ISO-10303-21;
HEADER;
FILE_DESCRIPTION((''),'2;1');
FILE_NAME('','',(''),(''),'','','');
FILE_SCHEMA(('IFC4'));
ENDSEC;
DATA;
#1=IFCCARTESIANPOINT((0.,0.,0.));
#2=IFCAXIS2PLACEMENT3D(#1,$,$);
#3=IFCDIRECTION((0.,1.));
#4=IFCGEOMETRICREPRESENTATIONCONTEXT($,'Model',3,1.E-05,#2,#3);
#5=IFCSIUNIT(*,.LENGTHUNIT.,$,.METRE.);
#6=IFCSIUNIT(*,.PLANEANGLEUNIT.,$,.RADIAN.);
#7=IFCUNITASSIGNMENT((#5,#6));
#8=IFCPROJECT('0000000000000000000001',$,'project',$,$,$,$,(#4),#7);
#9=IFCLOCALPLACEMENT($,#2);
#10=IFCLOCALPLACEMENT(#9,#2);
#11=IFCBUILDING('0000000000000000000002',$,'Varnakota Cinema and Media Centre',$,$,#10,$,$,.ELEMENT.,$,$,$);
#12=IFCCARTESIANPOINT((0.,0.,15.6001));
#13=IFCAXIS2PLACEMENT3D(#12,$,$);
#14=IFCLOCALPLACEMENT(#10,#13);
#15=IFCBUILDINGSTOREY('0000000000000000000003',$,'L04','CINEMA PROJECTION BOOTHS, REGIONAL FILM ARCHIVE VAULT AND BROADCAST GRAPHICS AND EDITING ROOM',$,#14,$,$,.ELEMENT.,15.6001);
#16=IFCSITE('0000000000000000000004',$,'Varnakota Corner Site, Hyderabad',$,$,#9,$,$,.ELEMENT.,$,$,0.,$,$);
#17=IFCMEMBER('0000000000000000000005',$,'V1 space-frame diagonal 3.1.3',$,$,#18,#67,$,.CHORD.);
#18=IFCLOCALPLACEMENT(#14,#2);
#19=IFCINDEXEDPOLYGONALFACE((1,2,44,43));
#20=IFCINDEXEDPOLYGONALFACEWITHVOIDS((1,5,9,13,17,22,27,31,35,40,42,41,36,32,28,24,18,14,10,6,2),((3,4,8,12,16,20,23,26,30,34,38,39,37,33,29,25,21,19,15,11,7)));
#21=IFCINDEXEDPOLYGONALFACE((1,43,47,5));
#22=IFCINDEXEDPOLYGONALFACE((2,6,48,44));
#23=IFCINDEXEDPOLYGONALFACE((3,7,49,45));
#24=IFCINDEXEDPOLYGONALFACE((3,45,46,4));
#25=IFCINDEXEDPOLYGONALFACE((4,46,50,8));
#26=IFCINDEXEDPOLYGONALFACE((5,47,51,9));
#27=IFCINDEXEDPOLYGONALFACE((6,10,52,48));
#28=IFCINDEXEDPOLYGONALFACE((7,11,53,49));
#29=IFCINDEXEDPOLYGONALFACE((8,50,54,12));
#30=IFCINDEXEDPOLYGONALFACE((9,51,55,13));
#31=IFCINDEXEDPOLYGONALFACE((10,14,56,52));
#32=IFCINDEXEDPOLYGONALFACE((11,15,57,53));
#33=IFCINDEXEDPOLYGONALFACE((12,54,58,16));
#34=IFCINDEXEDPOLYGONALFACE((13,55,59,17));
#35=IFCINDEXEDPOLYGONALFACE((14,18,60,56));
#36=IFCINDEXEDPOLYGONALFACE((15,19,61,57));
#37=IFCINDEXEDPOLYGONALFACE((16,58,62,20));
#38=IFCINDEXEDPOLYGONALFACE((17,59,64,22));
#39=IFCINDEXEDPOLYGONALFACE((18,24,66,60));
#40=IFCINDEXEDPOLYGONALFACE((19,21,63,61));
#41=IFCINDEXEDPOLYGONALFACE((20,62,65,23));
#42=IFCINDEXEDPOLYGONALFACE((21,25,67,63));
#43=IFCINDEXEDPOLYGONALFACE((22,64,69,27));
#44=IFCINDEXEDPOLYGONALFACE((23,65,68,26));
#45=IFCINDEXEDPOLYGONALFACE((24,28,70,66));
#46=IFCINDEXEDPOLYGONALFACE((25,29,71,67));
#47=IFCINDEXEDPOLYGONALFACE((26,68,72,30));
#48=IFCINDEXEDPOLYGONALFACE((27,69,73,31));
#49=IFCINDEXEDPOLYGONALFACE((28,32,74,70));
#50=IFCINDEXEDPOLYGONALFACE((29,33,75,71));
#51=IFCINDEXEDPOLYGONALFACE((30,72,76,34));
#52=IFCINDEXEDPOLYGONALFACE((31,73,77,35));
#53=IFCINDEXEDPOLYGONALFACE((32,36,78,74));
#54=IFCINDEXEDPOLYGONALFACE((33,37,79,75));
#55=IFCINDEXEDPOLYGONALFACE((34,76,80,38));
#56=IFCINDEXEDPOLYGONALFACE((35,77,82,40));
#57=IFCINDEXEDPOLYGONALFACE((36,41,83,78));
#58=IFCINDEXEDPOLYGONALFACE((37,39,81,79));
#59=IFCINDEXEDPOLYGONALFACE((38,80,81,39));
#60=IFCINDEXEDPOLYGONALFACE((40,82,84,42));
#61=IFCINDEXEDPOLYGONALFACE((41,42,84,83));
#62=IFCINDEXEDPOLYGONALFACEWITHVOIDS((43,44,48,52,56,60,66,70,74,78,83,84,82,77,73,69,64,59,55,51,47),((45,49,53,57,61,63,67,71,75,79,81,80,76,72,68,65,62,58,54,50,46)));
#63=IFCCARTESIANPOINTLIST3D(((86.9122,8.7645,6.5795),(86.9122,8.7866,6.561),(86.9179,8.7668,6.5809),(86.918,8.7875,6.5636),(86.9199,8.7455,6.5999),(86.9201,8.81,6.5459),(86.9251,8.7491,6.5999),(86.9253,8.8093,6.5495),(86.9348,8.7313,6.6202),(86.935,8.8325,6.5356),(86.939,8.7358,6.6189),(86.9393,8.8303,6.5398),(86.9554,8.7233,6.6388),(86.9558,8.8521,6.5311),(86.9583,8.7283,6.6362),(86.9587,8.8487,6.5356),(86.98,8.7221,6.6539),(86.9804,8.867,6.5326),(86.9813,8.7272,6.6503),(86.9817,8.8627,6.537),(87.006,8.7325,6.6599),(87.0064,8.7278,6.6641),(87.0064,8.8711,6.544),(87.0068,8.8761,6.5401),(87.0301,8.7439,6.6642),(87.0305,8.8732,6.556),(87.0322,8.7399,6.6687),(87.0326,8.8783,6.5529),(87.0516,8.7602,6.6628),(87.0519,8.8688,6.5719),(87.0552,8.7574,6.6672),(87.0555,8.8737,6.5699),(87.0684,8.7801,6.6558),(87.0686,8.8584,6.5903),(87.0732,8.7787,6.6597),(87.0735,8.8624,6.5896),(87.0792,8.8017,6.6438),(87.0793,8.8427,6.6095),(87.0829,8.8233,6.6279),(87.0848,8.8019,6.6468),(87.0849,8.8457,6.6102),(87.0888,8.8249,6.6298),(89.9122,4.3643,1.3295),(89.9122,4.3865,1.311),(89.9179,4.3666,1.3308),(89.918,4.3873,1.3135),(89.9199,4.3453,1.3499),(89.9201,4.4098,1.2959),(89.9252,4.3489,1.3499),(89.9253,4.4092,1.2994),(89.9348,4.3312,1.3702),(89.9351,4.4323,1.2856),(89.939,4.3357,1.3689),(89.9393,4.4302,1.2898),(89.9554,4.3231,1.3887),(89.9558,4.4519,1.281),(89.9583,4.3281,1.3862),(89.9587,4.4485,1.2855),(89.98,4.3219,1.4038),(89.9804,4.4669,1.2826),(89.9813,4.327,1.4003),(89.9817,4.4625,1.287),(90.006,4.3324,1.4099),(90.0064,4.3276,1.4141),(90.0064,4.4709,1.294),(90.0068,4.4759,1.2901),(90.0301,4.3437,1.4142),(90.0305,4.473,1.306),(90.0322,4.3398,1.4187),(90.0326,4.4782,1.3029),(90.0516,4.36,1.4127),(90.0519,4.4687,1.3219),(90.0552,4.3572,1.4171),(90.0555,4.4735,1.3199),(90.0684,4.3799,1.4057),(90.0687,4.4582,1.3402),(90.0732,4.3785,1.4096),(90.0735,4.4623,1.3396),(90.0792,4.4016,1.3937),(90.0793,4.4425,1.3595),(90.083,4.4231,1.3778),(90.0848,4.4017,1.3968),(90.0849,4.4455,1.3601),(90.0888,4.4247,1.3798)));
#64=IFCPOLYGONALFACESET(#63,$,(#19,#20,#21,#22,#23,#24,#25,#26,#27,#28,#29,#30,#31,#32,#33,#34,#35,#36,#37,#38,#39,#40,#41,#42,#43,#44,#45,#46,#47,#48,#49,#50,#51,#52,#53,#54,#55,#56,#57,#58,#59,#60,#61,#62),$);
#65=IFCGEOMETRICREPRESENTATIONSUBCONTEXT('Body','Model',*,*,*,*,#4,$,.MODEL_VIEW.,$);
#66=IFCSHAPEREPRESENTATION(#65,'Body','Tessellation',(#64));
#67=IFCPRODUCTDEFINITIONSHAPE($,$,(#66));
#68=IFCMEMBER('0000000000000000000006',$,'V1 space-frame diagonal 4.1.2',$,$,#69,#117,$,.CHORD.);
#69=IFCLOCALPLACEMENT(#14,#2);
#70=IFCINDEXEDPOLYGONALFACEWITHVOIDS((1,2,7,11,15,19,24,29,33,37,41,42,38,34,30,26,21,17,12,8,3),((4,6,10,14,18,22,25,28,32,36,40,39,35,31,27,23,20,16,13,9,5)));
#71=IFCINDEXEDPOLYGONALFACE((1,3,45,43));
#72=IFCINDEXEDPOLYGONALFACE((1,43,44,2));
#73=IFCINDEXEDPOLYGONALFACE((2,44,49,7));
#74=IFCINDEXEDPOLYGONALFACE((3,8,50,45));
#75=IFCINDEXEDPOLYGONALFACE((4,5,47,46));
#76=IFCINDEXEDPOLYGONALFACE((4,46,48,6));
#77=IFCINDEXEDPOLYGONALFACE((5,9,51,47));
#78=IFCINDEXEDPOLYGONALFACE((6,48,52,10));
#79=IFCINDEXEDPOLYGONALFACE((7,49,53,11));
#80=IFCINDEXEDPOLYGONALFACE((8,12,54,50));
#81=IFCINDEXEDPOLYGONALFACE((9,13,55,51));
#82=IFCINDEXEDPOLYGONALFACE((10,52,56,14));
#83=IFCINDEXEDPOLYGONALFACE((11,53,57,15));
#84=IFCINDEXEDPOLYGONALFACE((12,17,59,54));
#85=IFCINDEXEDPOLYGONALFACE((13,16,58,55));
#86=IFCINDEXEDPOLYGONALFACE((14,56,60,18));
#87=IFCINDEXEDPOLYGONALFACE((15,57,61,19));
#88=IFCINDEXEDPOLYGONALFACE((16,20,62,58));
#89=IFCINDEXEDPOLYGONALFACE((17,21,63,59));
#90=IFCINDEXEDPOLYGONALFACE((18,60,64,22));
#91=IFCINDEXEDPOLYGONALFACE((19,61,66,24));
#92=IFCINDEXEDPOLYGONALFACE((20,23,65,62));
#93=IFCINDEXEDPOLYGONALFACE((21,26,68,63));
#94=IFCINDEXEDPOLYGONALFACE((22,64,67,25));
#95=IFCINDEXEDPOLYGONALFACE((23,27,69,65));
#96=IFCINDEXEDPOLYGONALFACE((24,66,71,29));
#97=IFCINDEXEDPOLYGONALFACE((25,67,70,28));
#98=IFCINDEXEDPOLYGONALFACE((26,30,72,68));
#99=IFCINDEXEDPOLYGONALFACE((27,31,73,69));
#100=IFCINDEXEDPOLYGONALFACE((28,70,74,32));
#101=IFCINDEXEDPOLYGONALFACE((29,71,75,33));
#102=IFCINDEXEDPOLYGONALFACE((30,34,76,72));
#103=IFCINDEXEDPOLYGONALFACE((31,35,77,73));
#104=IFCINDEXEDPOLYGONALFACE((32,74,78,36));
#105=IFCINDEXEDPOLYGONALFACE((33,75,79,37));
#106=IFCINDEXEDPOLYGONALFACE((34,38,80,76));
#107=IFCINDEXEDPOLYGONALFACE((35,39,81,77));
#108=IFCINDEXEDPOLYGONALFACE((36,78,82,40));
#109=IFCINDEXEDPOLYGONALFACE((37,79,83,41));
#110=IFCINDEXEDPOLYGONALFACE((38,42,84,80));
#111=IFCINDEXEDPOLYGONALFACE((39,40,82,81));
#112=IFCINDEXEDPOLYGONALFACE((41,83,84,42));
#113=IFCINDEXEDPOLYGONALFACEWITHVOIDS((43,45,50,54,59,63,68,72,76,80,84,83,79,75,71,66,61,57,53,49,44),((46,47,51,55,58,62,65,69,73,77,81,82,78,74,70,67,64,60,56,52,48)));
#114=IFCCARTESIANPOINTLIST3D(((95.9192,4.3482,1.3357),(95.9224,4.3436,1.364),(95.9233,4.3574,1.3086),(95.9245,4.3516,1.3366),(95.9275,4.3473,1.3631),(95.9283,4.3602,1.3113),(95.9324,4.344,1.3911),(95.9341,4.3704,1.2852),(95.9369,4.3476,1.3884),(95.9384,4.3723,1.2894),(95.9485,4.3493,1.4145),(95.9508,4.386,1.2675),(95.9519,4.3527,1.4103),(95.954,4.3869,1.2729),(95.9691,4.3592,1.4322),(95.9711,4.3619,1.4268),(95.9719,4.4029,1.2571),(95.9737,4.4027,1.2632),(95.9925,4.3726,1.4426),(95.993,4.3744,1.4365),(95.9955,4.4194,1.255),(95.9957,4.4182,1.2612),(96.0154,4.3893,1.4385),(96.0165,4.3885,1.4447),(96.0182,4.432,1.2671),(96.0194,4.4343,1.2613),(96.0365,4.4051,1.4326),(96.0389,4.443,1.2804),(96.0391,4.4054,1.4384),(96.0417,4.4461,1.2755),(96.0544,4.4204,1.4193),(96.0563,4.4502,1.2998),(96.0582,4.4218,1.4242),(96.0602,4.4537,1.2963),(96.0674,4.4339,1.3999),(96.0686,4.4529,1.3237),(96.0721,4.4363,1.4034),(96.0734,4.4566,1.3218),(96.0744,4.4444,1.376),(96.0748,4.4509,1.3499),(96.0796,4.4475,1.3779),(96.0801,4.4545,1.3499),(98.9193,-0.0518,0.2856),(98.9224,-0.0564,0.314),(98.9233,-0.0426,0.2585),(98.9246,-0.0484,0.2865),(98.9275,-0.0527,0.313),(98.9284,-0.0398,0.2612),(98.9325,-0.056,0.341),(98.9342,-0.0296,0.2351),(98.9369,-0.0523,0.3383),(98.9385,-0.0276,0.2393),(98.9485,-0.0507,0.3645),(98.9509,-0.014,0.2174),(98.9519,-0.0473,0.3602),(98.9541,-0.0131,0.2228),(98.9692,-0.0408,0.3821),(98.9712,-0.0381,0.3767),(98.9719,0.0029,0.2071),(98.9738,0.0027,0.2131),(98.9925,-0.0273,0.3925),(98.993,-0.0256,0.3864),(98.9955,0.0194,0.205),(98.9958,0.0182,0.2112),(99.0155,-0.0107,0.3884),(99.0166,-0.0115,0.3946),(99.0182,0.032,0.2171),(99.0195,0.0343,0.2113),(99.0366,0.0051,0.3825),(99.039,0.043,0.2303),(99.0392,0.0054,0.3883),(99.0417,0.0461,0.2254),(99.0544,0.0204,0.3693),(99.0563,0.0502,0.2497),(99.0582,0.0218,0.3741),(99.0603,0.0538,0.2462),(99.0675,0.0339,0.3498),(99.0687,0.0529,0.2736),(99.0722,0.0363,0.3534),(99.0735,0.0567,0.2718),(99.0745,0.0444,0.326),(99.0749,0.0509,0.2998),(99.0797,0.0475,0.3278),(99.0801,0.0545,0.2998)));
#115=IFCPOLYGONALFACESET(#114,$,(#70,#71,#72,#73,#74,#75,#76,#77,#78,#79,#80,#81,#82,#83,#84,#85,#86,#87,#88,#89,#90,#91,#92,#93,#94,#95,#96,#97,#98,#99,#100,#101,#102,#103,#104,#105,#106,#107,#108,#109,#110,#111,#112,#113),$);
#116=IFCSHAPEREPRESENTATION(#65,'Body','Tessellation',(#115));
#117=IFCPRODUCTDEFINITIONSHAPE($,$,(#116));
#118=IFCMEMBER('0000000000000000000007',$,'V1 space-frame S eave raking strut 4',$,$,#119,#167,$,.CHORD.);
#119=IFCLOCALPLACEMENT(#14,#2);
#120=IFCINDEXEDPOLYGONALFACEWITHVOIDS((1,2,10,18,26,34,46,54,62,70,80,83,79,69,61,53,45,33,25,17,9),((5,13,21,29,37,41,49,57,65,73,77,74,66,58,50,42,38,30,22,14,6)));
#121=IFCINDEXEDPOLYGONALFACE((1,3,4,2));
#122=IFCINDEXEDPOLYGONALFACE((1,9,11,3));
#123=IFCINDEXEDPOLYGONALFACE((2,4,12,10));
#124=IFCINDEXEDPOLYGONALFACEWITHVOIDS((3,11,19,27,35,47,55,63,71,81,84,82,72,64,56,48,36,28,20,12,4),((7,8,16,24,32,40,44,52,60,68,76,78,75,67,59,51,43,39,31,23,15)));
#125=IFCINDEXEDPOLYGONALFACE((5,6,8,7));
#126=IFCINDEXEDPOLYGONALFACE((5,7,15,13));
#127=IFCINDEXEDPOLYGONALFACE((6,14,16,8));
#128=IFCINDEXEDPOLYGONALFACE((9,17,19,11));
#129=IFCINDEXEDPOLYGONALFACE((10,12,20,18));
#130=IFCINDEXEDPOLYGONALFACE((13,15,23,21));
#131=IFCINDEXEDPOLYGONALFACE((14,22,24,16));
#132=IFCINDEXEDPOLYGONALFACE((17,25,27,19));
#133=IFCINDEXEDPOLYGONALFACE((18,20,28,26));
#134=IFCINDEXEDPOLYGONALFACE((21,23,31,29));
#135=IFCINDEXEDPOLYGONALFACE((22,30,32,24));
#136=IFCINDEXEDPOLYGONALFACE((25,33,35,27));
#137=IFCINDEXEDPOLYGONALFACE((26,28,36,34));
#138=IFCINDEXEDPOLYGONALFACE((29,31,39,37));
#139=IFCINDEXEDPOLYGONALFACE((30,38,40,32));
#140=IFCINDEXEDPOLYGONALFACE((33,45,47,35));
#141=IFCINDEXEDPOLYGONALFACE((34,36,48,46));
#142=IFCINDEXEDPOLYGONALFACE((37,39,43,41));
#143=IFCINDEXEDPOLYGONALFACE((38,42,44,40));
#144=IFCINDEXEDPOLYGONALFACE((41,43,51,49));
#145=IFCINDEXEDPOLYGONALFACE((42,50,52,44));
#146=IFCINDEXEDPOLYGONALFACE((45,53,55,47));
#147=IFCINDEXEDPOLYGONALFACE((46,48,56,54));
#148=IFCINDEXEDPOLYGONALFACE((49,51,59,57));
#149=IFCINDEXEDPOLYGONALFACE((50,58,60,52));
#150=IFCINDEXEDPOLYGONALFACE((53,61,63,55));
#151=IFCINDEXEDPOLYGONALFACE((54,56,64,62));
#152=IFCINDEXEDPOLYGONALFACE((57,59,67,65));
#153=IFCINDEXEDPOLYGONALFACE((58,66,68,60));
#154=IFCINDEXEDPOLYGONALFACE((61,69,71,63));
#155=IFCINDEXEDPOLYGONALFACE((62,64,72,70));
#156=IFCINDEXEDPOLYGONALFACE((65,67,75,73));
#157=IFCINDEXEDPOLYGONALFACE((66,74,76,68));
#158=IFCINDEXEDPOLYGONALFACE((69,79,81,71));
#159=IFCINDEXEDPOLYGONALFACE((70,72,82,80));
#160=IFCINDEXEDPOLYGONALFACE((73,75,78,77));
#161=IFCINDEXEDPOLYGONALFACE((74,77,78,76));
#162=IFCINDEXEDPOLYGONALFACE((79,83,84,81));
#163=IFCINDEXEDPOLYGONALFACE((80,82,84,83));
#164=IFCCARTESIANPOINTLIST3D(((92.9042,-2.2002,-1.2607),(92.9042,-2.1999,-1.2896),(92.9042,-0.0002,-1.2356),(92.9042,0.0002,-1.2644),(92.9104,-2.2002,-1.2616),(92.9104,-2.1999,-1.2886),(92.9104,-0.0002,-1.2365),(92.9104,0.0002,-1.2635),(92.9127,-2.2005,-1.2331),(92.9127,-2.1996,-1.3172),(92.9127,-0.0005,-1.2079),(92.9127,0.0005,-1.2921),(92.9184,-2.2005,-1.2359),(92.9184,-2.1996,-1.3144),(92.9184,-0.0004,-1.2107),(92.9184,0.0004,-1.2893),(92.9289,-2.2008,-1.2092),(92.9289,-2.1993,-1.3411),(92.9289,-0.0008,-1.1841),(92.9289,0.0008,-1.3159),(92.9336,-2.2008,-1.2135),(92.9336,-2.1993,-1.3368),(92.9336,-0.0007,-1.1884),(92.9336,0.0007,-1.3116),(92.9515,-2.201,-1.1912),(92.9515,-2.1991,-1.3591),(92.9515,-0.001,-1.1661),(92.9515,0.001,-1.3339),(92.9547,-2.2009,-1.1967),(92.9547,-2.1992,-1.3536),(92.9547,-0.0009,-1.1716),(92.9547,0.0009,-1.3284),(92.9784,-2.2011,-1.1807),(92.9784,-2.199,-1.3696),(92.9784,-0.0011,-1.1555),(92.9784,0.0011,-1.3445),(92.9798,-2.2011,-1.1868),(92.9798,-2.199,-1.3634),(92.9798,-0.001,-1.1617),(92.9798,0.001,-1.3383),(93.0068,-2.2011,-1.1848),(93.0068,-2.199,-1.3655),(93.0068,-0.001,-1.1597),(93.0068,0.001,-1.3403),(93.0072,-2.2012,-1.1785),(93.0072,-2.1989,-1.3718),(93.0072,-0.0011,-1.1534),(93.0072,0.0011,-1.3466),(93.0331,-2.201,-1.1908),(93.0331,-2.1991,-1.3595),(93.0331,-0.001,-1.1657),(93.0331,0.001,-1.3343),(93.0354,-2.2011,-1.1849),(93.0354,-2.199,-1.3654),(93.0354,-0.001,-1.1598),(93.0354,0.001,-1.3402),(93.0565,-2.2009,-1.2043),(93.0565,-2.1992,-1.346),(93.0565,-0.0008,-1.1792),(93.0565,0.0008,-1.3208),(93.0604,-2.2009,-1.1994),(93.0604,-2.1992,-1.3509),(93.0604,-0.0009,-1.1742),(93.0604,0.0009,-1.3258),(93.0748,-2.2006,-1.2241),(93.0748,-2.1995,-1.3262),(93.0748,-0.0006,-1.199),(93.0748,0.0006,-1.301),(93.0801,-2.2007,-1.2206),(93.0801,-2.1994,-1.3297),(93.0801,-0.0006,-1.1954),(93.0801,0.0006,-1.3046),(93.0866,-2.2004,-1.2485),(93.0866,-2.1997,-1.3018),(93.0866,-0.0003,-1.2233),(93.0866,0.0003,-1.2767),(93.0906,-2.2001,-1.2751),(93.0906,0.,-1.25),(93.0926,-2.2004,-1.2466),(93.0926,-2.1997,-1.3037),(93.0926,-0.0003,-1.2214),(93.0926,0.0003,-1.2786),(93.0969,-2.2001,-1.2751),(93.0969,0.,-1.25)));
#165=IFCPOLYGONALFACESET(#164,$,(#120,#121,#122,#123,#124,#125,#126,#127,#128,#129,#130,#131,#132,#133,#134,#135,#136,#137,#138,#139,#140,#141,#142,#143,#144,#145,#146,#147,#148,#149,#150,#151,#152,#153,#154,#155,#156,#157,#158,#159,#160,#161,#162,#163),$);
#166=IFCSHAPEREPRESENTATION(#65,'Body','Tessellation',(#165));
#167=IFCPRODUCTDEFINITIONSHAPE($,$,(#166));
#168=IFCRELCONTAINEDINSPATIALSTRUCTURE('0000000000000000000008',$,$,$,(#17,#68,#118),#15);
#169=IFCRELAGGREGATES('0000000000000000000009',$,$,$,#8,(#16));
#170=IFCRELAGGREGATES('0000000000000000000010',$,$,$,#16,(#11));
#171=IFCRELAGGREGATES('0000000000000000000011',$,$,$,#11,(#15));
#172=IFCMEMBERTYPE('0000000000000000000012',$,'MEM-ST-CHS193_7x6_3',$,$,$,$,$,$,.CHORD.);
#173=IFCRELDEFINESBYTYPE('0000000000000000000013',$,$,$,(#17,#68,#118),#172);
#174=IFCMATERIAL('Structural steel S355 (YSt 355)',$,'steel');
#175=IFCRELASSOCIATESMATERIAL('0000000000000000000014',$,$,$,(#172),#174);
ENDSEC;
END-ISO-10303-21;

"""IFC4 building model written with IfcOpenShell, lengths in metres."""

from ifc_helpers import new_model, si_unit, direction, frame, origin, origin_2d, place, context, subcontext, project, spatial, hollow_circle, extrude, material, material_profile, profile_set, type_object, element, save


model = new_model("IFC4")

# Units and contexts
model_context = context("Model", 3, precision=1e-05, world=origin(), true_north=direction((0.0, 1.0)))
body_context = subcontext(model_context, "Body", "Model", "MODEL_VIEW")
ifc_project = project(units=[si_unit("LENGTHUNIT", "METRE"), si_unit("PLANEANGLEUNIT", "RADIAN")], contexts=[model_context])

# Site, building, storey
site_placement = place(None, origin())
site = spatial("IfcSite", under=ifc_project, at=site_placement, Name="Varnakota Corner Site, Hyderabad", CompositionType="ELEMENT", RefElevation=0.0)
building_placement = place(site_placement, origin())
building = spatial("IfcBuilding", under=site, at=building_placement, Name="Varnakota Cinema and Media Centre", CompositionType="ELEMENT")
storey_placement = place(building_placement, frame((0.0, 0.0, 15.6001)))
storey = spatial("IfcBuildingStorey", under=building, at=storey_placement, Name="L04", Description="CINEMA PROJECTION BOOTHS, REGIONAL FILM ARCHIVE VAULT AND BROADCAST GRAPHICS AND EDITING ROOM", CompositionType="ELEMENT", Elevation=15.6001)

# Members
ifc_material_1 = material(Name="Structural steel S355 (YSt 355)", Category="steel")
ifc_material_profile_1 = material_profile(ifc_material_1, hollow_circle(Radius=0.0969, WallThickness=0.0063, at=origin_2d()), Name="CHS 193.7x6.3")
ifc_profile_set_1 = profile_set([ifc_material_profile_1], Name="Structural steel S355 (YSt 355)")
member_type_1 = type_object("IfcMemberType", Name="MEM-ST-CHS193_7x6_3", PredefinedType="CHORD", material=ifc_profile_set_1)
member_1_placement = place(storey_placement, frame((90.0, 4.3999, 1.3499), z_axis=(-0.401165, 0.588395, 0.702039), x_axis=(-0.826236, -0.563324, 0.0)))
element("IfcMember", 1, at=member_1_placement, inside=storey, type_object=member_type_1, Name="V1 space-frame diagonal 3.1.3", PredefinedType="CHORD", context=body_context, shape_type="SweptSolid", body=[
    extrude(hollow_circle(Radius=0.0969, WallThickness=0.0063, at=origin_2d()), origin(), (0.0, 0.0, 1.0), 7.4783),
])
member_2_placement = place(storey_placement, frame((96.0, 4.3999, 1.3499), z_axis=(0.552703, -0.810613, -0.193455), x_axis=(0.826222, 0.563345, 0.0)))
element("IfcMember", 2, at=member_2_placement, inside=storey, type_object=member_type_1, Name="V1 space-frame diagonal 4.1.2", PredefinedType="CHORD", context=body_context, shape_type="SweptSolid", body=[
    extrude(hollow_circle(Radius=0.0969, WallThickness=0.0063, at=origin_2d()), origin(), (0.0, 0.0, 1.0), 5.428),
])
member_3_placement = place(storey_placement, frame((93.0, 0.0, -1.25), z_axis=(0.0, -0.999935, -0.01143), x_axis=(1.0, 0.0, 0.0)))
element("IfcMember", 3, at=member_3_placement, inside=storey, type_object=member_type_1, Name="V1 space-frame S eave raking strut 4", PredefinedType="CHORD", context=body_context, shape_type="SweptSolid", body=[
    extrude(hollow_circle(Radius=0.0969, WallThickness=0.0063, at=origin_2d()), origin(), (0.0, 0.0, 1.0), 2.2002),
])

save(model, "model.ifc")
